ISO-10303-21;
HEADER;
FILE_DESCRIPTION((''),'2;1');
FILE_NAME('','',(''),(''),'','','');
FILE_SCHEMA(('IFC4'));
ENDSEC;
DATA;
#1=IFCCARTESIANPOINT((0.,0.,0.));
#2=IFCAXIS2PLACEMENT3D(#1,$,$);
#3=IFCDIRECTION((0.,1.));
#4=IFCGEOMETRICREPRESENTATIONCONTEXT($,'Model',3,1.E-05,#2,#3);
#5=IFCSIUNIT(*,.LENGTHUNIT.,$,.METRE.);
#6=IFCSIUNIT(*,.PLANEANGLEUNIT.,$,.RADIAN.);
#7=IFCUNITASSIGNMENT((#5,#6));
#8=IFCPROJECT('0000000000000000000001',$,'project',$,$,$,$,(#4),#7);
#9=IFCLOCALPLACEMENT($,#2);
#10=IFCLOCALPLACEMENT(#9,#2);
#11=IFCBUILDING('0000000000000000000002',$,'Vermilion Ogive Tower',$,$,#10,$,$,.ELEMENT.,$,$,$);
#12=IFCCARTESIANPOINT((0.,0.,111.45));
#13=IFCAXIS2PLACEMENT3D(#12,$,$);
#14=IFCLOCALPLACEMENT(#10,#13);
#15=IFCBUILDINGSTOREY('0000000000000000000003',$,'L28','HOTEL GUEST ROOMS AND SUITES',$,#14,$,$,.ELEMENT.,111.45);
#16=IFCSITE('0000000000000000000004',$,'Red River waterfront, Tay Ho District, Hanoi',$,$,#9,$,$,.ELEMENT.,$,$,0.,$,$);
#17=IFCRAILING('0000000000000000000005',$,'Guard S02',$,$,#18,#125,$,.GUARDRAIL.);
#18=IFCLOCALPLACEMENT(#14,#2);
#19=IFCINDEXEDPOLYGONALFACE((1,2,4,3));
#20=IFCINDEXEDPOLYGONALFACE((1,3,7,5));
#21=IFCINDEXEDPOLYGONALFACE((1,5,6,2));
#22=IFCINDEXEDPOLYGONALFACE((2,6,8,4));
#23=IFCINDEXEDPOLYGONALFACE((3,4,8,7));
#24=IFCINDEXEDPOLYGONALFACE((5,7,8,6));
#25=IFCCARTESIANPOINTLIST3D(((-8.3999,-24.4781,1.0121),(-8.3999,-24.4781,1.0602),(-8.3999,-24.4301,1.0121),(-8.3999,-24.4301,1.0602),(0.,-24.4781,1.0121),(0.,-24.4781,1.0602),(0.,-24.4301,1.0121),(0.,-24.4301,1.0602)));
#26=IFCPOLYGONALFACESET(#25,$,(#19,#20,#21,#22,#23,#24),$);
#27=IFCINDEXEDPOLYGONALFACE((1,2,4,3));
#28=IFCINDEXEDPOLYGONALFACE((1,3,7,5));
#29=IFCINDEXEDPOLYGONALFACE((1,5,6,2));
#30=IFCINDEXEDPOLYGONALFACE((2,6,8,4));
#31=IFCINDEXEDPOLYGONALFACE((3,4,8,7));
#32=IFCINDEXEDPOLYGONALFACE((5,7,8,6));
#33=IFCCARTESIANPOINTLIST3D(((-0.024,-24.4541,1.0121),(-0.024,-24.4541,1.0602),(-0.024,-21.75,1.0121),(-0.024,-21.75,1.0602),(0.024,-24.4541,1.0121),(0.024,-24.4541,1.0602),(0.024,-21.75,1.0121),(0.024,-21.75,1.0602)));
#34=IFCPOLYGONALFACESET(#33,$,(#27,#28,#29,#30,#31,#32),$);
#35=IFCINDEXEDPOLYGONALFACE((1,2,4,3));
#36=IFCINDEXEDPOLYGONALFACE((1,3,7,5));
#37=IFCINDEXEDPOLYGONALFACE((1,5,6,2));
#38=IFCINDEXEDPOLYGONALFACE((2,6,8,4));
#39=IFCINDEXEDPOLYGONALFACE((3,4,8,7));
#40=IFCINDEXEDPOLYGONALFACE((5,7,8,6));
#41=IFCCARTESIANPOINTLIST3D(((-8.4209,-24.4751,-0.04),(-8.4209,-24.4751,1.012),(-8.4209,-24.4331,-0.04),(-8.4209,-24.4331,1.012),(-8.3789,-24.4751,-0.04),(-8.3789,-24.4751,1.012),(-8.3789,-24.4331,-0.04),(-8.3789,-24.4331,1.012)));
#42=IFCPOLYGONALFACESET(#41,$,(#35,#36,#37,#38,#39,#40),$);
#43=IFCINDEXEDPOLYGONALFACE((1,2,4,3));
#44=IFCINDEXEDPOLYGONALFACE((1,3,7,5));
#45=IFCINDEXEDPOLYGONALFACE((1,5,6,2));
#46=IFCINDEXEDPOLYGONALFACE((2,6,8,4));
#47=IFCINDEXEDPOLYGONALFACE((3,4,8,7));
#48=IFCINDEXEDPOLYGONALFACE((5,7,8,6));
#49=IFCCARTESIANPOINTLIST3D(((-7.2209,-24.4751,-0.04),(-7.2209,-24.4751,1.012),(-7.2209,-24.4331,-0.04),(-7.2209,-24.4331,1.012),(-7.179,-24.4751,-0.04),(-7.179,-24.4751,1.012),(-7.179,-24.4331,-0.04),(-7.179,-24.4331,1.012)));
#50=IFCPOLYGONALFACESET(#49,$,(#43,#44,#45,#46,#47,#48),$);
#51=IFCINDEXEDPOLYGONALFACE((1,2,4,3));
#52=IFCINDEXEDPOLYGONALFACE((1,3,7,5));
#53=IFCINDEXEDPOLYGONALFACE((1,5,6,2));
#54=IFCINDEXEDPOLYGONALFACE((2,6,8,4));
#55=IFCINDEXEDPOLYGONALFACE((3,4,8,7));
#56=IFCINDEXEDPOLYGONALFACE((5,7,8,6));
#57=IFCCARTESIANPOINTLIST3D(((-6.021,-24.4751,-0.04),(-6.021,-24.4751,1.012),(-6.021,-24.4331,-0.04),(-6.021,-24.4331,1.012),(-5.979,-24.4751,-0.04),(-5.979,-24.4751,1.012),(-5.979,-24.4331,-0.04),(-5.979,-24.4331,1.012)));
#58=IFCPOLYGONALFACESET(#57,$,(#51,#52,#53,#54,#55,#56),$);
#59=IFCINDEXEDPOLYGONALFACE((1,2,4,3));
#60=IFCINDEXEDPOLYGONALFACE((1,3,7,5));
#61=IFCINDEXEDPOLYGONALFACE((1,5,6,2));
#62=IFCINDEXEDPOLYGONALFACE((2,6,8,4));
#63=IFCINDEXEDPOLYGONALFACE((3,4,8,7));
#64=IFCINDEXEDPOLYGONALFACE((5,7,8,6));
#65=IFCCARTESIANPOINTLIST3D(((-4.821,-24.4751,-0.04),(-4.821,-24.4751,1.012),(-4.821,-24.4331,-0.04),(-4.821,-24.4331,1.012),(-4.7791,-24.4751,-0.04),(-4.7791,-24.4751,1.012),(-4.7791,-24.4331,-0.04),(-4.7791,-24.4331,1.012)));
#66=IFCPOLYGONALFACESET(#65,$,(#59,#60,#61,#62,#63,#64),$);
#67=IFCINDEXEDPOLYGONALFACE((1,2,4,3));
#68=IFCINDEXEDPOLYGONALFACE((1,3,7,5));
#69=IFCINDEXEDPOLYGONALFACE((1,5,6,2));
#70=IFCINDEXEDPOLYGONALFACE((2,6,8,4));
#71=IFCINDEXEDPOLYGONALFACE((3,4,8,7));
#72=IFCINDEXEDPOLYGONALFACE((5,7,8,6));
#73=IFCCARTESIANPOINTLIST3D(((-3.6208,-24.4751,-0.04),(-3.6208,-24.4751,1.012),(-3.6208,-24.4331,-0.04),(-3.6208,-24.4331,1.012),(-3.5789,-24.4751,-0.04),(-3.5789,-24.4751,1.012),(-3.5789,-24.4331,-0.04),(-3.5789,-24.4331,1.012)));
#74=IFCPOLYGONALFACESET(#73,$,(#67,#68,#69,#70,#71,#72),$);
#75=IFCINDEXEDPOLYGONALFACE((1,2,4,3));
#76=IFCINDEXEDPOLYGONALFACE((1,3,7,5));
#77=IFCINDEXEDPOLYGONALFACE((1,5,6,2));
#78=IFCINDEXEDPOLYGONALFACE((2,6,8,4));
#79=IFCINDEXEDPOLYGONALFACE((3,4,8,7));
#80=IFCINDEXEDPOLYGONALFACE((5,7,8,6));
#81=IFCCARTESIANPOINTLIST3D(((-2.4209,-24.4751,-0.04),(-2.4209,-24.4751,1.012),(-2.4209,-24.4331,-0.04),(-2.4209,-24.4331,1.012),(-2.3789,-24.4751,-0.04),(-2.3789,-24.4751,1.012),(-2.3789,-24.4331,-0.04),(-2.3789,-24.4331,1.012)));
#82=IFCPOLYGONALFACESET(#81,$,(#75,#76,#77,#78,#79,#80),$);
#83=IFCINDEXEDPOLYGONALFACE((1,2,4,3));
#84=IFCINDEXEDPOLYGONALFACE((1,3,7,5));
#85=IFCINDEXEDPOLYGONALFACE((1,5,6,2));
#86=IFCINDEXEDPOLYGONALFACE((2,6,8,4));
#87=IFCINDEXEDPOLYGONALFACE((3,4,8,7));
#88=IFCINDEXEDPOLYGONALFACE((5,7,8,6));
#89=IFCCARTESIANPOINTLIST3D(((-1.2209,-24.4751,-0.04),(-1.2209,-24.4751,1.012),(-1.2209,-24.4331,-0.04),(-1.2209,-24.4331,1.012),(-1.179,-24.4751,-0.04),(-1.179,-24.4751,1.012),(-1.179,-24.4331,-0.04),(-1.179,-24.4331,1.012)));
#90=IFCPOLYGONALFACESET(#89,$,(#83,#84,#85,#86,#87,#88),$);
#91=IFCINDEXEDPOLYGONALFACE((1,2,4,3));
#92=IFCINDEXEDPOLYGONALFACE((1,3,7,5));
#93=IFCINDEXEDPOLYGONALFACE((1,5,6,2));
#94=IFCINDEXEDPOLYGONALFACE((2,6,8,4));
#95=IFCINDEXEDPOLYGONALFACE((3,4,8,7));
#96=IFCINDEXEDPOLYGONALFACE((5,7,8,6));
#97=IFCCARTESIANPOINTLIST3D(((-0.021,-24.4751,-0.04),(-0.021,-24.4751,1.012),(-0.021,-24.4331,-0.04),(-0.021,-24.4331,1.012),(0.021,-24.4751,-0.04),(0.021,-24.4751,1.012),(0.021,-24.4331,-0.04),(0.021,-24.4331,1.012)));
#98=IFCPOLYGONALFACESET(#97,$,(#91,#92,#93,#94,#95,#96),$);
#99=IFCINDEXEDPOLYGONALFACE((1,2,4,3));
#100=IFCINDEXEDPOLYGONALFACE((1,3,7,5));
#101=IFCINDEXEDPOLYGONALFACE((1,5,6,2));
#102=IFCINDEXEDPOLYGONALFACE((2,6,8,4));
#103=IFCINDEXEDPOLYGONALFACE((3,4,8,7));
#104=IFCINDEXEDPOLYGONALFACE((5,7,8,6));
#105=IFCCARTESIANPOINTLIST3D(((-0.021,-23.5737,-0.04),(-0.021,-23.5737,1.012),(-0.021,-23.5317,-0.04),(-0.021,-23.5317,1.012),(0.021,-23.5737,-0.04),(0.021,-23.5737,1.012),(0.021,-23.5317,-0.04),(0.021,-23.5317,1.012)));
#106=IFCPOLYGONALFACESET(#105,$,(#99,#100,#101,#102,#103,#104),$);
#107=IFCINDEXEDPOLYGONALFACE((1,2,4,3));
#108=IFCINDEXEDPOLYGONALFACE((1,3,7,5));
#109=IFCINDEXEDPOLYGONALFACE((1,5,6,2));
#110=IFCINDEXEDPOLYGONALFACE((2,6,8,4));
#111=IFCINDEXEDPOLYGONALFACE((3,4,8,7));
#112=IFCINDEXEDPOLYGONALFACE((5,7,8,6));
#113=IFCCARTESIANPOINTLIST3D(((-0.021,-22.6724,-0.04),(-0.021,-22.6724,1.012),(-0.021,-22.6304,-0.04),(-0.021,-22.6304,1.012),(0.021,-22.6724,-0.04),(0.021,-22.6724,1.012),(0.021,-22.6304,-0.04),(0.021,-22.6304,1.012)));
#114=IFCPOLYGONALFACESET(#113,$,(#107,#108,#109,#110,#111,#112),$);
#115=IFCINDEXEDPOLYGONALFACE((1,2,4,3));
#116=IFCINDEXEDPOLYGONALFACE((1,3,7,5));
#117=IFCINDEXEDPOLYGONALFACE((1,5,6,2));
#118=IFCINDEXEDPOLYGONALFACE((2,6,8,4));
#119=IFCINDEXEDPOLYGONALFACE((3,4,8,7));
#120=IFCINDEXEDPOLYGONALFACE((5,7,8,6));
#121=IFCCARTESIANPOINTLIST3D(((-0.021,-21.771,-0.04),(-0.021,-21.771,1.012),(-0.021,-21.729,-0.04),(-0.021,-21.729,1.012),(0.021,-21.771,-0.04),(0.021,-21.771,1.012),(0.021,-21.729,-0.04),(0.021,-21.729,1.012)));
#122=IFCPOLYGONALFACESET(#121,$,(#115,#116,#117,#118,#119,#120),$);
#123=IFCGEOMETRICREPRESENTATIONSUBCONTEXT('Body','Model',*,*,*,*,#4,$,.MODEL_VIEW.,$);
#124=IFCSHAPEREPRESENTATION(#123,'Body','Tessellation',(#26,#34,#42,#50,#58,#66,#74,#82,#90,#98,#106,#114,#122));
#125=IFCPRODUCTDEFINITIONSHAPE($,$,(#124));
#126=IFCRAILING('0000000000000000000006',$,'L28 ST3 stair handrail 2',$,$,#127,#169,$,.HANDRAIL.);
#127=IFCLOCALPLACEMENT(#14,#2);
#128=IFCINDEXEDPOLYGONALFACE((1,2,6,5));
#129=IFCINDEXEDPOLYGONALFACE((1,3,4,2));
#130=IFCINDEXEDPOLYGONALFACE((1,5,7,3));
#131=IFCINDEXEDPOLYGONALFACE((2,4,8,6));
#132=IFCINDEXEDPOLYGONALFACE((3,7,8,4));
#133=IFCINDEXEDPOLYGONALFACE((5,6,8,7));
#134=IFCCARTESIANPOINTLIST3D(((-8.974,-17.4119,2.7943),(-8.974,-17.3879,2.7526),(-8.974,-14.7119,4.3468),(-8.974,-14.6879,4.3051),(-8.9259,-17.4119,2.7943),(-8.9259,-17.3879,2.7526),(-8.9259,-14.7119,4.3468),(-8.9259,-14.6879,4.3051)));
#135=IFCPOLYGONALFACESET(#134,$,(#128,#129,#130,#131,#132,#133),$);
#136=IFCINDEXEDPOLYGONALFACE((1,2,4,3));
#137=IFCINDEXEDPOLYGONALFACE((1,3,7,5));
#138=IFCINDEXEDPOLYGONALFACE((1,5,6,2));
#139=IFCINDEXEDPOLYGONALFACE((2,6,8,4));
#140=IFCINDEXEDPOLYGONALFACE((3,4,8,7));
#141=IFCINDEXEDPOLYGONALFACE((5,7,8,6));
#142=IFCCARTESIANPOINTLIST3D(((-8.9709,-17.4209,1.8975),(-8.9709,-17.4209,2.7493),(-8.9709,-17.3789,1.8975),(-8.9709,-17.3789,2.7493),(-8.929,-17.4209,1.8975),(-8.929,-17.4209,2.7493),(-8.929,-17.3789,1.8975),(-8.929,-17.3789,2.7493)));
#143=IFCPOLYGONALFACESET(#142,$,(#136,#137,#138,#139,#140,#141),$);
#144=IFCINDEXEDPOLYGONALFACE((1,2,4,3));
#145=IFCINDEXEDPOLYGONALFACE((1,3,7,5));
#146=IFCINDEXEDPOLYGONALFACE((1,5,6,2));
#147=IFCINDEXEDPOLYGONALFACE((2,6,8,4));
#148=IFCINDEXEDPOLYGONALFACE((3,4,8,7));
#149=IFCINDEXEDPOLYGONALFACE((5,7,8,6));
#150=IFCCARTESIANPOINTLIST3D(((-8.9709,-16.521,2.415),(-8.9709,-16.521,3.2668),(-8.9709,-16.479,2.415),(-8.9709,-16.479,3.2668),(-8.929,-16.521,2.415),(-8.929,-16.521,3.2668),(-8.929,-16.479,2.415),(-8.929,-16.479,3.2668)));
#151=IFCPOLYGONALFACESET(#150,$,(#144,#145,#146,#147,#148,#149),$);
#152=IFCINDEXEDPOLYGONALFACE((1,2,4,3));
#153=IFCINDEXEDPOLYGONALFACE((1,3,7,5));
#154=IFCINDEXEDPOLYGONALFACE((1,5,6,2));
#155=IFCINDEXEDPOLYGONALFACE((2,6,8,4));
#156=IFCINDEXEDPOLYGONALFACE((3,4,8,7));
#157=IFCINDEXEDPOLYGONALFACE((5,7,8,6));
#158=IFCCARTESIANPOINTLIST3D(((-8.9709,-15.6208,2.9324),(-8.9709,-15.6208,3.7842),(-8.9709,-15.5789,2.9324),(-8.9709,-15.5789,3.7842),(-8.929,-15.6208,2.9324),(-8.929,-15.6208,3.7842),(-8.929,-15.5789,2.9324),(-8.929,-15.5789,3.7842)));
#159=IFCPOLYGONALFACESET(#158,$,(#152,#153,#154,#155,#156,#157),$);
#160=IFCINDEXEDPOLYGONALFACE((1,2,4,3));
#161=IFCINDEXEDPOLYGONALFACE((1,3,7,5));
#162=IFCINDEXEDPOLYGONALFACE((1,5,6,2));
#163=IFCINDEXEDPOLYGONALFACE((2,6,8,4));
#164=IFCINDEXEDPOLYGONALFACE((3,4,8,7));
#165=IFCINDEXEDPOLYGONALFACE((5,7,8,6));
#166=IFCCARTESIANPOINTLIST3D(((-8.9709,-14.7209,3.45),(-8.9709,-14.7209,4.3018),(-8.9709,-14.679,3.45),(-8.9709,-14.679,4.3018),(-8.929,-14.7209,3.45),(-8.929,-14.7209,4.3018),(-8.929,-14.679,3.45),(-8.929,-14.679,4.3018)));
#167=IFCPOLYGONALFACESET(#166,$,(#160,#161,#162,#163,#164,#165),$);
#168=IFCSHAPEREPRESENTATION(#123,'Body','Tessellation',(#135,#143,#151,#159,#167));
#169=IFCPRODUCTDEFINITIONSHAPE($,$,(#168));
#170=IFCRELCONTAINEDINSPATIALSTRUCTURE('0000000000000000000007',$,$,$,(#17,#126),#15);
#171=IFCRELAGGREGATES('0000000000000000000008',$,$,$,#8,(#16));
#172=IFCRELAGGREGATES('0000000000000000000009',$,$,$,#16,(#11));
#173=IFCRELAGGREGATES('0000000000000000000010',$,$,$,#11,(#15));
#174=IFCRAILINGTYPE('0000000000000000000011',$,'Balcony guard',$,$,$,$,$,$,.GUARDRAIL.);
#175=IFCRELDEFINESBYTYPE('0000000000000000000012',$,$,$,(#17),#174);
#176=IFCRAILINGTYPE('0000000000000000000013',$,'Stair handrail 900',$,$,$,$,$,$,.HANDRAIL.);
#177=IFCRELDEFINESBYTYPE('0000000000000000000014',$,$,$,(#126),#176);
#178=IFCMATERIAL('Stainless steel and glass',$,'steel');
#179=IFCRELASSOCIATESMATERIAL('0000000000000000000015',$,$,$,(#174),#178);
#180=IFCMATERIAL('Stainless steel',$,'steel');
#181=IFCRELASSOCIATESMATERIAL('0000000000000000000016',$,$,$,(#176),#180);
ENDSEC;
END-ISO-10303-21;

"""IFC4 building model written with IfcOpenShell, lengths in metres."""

from ifc_helpers import new_model, si_unit, direction, frame, origin, origin_2d, place, context, subcontext, project, spatial, rectangle, extrude, material, type_object, element, save


model = new_model("IFC4")

# Units and contexts
model_context = context("Model", 3, precision=1e-05, world=origin(), true_north=direction((0.0, 1.0)))
body_context = subcontext(model_context, "Body", "Model", "MODEL_VIEW")
ifc_project = project(units=[si_unit("LENGTHUNIT", "METRE"), si_unit("PLANEANGLEUNIT", "RADIAN")], contexts=[model_context])

# Site, building, storey
site_placement = place(None, origin())
site = spatial("IfcSite", under=ifc_project, at=site_placement, Name="Red River waterfront, Tay Ho District, Hanoi", CompositionType="ELEMENT", RefElevation=0.0)
building_placement = place(site_placement, origin())
building = spatial("IfcBuilding", under=site, at=building_placement, Name="Vermilion Ogive Tower", CompositionType="ELEMENT")
storey_placement = place(building_placement, frame((0.0, 0.0, 111.45)))
storey = spatial("IfcBuildingStorey", under=building, at=storey_placement, Name="L28", Description="HOTEL GUEST ROOMS AND SUITES", CompositionType="ELEMENT", Elevation=111.45)

# Railings
ifc_material_1 = material(Name="Stainless steel and glass", Category="steel")
railing_type_1 = type_object("IfcRailingType", Name="Balcony guard", PredefinedType="GUARDRAIL", material=ifc_material_1)
railing_1_placement = place(storey_placement, frame((-8.3999, -24.4541, -0.04)))
element("IfcRailing", 1, at=railing_1_placement, inside=storey, type_object=railing_type_1, Name="Guard S02", PredefinedType="GUARDRAIL", context=body_context, shape_type="SweptSolid", body=[
    extrude(rectangle(XDim=0.0481, YDim=0.0481, at=origin_2d()), frame((0.0, 0.0, 1.0762), z_axis=(1.0, 0.0, 0.0), x_axis=(0.0, 1.0, 0.0)), (0.0, 0.0, 1.0), 8.3999),
    extrude(rectangle(XDim=0.0481, YDim=0.0481, at=origin_2d()), frame((8.3999, 0.0, 1.0762), z_axis=(0.0, 1.0, 0.0), x_axis=(-1.0, 0.0, 0.0)), (0.0, 0.0, 1.0), 2.7041),
    extrude(rectangle(XDim=0.042, YDim=0.042, at=origin_2d()), origin(), (0.0, 0.0, 1.0), 1.052),
    extrude(rectangle(XDim=0.042, YDim=0.042, at=origin_2d()), frame((1.2, 0.0, 0.0)), (0.0, 0.0, 1.0), 1.052),
    extrude(rectangle(XDim=0.042, YDim=0.042, at=origin_2d()), frame((2.3999, 0.0, 0.0)), (0.0, 0.0, 1.0), 1.052),
    extrude(rectangle(XDim=0.042, YDim=0.042, at=origin_2d()), frame((3.5999, 0.0, 0.0)), (0.0, 0.0, 1.0), 1.052),
    extrude(rectangle(XDim=0.042, YDim=0.042, at=origin_2d()), frame((4.8, 0.0, 0.0)), (0.0, 0.0, 1.0), 1.052),
    extrude(rectangle(XDim=0.042, YDim=0.042, at=origin_2d()), frame((6.0, 0.0, 0.0)), (0.0, 0.0, 1.0), 1.052),
    extrude(rectangle(XDim=0.042, YDim=0.042, at=origin_2d()), frame((7.2, 0.0, 0.0)), (0.0, 0.0, 1.0), 1.052),
    extrude(rectangle(XDim=0.042, YDim=0.042, at=origin_2d()), frame((8.3999, 0.0, 0.0)), (0.0, 0.0, 1.0), 1.052),
    extrude(rectangle(XDim=0.042, YDim=0.042, at=origin_2d()), frame((8.3999, 0.9014, 0.0)), (0.0, 0.0, 1.0), 1.052),
    extrude(rectangle(XDim=0.042, YDim=0.042, at=origin_2d()), frame((8.3999, 1.8027, 0.0)), (0.0, 0.0, 1.0), 1.052),
    extrude(rectangle(XDim=0.042, YDim=0.042, at=origin_2d()), frame((8.3999, 2.7041, 0.0)), (0.0, 0.0, 1.0), 1.052),
])
ifc_material_2 = material(Name="Stainless steel", Category="steel")
railing_type_2 = type_object("IfcRailingType", Name="Stair handrail 900", PredefinedType="HANDRAIL", material=ifc_material_2)
railing_2_placement = place(storey_placement, frame((-8.95, -17.3999, 1.8975)))
element("IfcRailing", 2, at=railing_2_placement, inside=storey, type_object=railing_type_2, Name="L28 ST3 stair handrail 2", PredefinedType="HANDRAIL", context=body_context, shape_type="SweptSolid", body=[
    extrude(rectangle(XDim=0.0481, YDim=0.0481, at=origin_2d()), frame((0.0, 0.0, 0.876), z_axis=(0.0, 0.866904, 0.498476), x_axis=(-1.0, 0.0, 0.0)), (0.0, 0.0, 1.0), 3.1145),
    extrude(rectangle(XDim=0.042, YDim=0.042, at=origin_2d()), origin(), (0.0, 0.0, 1.0), 0.8518),
    extrude(rectangle(XDim=0.042, YDim=0.042, at=origin_2d()), frame((0.0, 0.8999, 0.5176)), (0.0, 0.0, 1.0), 0.8518),
    extrude(rectangle(XDim=0.042, YDim=0.042, at=origin_2d()), frame((0.0, 1.8, 1.0349)), (0.0, 0.0, 1.0), 0.8518),
    extrude(rectangle(XDim=0.042, YDim=0.042, at=origin_2d()), frame((0.0, 2.7, 1.5525)), (0.0, 0.0, 1.0), 0.8518),
])

save(model, "model.ifc")
